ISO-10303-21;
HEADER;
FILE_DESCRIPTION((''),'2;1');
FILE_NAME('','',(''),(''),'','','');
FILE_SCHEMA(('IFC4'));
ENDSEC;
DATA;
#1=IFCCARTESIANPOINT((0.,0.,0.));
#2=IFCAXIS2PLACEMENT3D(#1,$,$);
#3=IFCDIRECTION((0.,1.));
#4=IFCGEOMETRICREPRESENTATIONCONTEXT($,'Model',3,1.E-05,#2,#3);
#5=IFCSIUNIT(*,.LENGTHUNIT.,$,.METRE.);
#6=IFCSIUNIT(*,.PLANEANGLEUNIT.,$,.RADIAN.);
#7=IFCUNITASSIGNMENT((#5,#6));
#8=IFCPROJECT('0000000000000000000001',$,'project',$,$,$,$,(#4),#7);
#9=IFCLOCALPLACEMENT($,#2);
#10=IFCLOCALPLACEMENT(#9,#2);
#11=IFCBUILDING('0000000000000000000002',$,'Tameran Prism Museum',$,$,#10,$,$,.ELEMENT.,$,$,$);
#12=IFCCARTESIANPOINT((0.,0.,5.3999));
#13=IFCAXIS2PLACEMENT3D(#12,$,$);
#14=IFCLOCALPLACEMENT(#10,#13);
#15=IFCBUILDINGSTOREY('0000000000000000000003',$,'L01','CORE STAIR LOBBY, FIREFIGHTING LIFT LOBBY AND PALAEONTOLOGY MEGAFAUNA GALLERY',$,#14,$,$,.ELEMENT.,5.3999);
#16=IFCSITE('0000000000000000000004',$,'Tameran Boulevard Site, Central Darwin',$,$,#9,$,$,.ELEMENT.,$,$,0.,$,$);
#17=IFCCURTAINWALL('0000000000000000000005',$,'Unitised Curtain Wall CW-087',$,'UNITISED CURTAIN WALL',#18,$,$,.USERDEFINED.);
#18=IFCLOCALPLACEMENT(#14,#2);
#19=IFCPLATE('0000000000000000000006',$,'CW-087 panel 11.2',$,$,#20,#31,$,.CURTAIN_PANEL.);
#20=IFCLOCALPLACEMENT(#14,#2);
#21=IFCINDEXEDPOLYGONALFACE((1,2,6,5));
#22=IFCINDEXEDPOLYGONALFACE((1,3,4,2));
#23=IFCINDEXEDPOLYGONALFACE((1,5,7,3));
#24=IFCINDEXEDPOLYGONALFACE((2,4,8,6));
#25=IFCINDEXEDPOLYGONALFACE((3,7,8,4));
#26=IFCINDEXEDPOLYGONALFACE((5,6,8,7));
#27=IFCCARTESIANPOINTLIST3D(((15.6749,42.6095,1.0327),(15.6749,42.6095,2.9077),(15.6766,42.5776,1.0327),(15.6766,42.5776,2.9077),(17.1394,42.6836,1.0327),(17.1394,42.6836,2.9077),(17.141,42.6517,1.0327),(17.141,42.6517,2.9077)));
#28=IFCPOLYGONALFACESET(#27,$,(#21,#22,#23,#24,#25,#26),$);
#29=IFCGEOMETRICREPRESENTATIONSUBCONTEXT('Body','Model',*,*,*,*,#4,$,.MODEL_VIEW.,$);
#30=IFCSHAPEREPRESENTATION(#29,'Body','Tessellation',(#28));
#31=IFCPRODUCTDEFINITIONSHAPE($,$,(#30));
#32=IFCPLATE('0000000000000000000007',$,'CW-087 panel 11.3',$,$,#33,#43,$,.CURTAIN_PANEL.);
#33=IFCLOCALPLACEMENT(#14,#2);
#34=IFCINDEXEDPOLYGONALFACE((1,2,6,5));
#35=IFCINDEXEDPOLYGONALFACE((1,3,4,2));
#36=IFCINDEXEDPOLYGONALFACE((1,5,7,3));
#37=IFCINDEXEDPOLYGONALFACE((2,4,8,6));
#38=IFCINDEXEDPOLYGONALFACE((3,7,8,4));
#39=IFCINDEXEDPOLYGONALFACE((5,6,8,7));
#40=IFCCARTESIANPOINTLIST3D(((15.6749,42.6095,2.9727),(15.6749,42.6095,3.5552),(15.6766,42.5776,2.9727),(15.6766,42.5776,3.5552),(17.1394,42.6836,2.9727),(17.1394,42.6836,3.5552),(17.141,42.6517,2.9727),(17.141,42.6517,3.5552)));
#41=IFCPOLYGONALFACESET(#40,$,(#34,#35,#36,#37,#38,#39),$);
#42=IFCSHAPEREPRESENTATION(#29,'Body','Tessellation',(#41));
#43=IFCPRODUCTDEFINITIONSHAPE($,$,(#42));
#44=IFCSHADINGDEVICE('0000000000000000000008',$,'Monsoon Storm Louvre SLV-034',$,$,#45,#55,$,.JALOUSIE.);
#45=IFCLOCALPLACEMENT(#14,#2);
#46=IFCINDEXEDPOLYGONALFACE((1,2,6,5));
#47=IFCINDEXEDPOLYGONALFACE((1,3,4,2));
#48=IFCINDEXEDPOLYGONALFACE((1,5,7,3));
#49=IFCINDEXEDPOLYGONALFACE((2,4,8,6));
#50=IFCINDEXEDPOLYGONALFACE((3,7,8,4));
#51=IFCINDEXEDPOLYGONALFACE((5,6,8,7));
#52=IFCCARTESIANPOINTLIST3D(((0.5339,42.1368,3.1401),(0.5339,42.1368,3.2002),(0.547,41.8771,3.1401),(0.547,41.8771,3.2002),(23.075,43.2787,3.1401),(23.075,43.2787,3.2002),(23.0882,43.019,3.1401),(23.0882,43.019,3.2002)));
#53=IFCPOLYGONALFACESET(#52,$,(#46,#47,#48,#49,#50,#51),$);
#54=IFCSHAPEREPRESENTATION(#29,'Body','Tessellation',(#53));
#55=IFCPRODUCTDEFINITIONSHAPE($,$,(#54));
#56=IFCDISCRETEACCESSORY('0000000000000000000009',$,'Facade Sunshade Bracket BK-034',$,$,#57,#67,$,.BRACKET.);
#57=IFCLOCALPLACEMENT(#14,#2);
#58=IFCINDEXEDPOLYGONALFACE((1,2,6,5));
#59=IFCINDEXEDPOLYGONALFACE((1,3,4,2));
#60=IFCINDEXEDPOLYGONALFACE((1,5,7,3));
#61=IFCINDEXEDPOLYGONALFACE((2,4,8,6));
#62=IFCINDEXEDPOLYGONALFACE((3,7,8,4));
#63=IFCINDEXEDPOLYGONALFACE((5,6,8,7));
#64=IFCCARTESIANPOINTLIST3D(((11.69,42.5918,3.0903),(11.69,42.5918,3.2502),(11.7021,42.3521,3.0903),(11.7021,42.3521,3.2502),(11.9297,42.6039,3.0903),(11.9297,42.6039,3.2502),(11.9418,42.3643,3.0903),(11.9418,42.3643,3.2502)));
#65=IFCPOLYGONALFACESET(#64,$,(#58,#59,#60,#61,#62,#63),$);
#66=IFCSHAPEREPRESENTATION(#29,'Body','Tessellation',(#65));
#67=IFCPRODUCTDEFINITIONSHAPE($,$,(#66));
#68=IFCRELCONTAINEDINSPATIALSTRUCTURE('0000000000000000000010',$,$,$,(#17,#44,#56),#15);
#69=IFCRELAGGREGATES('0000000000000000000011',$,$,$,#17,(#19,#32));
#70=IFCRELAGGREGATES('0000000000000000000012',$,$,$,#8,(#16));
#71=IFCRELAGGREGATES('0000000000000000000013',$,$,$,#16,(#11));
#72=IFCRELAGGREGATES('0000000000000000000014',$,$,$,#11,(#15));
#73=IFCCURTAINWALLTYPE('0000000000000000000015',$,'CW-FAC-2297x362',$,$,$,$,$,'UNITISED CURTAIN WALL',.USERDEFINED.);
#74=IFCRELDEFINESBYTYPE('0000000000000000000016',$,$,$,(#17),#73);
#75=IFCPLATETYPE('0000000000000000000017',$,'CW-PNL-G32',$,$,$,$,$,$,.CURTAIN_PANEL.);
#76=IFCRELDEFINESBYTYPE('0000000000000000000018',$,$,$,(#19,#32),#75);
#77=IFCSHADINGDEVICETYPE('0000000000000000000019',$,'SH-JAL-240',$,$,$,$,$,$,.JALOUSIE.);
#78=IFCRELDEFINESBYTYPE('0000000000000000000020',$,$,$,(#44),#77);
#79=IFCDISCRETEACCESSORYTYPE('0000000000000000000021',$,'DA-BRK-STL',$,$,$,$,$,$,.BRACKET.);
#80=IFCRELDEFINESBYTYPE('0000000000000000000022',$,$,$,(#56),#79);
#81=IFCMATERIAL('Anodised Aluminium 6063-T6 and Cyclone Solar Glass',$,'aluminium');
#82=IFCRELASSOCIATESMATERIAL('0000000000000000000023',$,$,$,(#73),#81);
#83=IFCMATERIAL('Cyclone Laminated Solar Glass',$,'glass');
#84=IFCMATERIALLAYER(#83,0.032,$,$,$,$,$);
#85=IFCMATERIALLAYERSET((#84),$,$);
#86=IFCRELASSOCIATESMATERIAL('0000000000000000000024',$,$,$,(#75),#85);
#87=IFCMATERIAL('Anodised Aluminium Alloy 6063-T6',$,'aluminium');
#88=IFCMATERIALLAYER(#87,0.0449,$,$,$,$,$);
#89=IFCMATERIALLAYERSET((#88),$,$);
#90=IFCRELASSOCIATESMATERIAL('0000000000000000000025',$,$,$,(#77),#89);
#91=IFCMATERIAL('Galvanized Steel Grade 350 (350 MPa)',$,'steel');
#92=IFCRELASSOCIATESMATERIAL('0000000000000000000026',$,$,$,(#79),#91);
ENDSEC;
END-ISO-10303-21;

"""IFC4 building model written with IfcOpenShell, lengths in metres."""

from ifc_helpers import new_model, si_unit, direction, frame, origin, origin_2d, place, context, subcontext, project, spatial, rectangle, extrude, material, layer, layer_set, type_object, element, aggregate, save


model = new_model("IFC4")

# Units and contexts
model_context = context("Model", 3, precision=1e-05, world=origin(), true_north=direction((0.0, 1.0)))
body_context = subcontext(model_context, "Body", "Model", "MODEL_VIEW")
ifc_project = project(units=[si_unit("LENGTHUNIT", "METRE"), si_unit("PLANEANGLEUNIT", "RADIAN")], contexts=[model_context])

# Site, building, storey
site_placement = place(None, origin())
site = spatial("IfcSite", under=ifc_project, at=site_placement, Name="Tameran Boulevard Site, Central Darwin", CompositionType="ELEMENT", RefElevation=0.0)
building_placement = place(site_placement, origin())
building = spatial("IfcBuilding", under=site, at=building_placement, Name="Tameran Prism Museum", CompositionType="ELEMENT")
storey_placement = place(building_placement, frame((0.0, 0.0, 5.3999)))
storey = spatial("IfcBuildingStorey", under=building, at=storey_placement, Name="L01", Description="CORE STAIR LOBBY, FIREFIGHTING LIFT LOBBY AND PALAEONTOLOGY MEGAFAUNA GALLERY", CompositionType="ELEMENT", Elevation=5.3999)

# Curtain wall, plates
ifc_material_1 = material(Name="Anodised Aluminium 6063-T6 and Cyclone Solar Glass", Category="aluminium")
curtain_wall_type = type_object("IfcCurtainWallType", Name="CW-FAC-2297x362", ElementType="UNITISED CURTAIN WALL", PredefinedType="USERDEFINED", material=ifc_material_1)
curtain_wall_placement = place(storey_placement, origin())
curtain_wall = element("IfcCurtainWall", 1, at=curtain_wall_placement, inside=storey, type_object=curtain_wall_type, Name="Unitised Curtain Wall CW-087", ObjectType="UNITISED CURTAIN WALL", PredefinedType="USERDEFINED")
ifc_material_2 = material(Name="Cyclone Laminated Solar Glass", Category="glass")
ifc_layer_1 = layer(ifc_material_2, 0.032)
ifc_layer_set_1 = layer_set([ifc_layer_1])
plate_type = type_object("IfcPlateType", Name="CW-PNL-G32", PredefinedType="CURTAIN_PANEL", material=ifc_layer_set_1)
plate_1_placement = place(storey_placement, frame((16.408, 42.6306, 1.0327), z_axis=(0.0, 0.0, 1.0), x_axis=(0.998722, 0.050546, 0.0)))
plate_1 = element("IfcPlate", 2, at=plate_1_placement, type_object=plate_type, Name="CW-087 panel 11.2", PredefinedType="CURTAIN_PANEL", context=body_context, shape_type="SweptSolid", body=[
    extrude(rectangle(XDim=1.4663, YDim=0.032, at=origin_2d()), origin(), (0.0, 0.0, 1.0), 1.875),
])
plate_2_placement = place(storey_placement, frame((16.408, 42.6306, 2.9727), z_axis=(0.0, 0.0, 1.0), x_axis=(0.998722, 0.050546, 0.0)))
plate_2 = element("IfcPlate", 3, at=plate_2_placement, type_object=plate_type, Name="CW-087 panel 11.3", PredefinedType="CURTAIN_PANEL", context=body_context, shape_type="SweptSolid", body=[
    extrude(rectangle(XDim=1.4663, YDim=0.032, at=origin_2d()), origin(), (0.0, 0.0, 1.0), 0.5825),
])
aggregate(curtain_wall, [plate_1, plate_2])

# Shading device
ifc_material_3 = material(Name="Anodised Aluminium Alloy 6063-T6", Category="aluminium")
ifc_layer_2 = layer(ifc_material_3, 0.0449)
ifc_layer_set_2 = layer_set([ifc_layer_2])
shading_device_type = type_object("IfcShadingDeviceType", Name="SH-JAL-240", PredefinedType="JALOUSIE", material=ifc_layer_set_2)
shading_device_placement = place(storey_placement, frame((11.811, 42.5779, 3.1401), z_axis=(0.0, 0.0, 1.0), x_axis=(0.998719, 0.050593, 0.0)))
element("IfcShadingDevice", 4, at=shading_device_placement, inside=storey, type_object=shading_device_type, Name="Monsoon Storm Louvre SLV-034", PredefinedType="JALOUSIE", context=body_context, shape_type="SweptSolid", body=[
    extrude(rectangle(XDim=22.5701, YDim=0.26, at=origin_2d()), origin(), (0.0, 0.0, 1.0), 0.0601),
])

# Discrete accessory
ifc_material_4 = material(Name="Galvanized Steel Grade 350 (350 MPa)", Category="steel")
discrete_accessory_type = type_object("IfcDiscreteAccessoryType", Name="DA-BRK-STL", PredefinedType="BRACKET", material=ifc_material_4)
discrete_accessory_placement = place(storey_placement, frame((11.8159, 42.478, 3.0903), z_axis=(0.0, 0.0, 1.0), x_axis=(0.998719, 0.050593, 0.0)))
element("IfcDiscreteAccessory", 5, at=discrete_accessory_placement, inside=storey, type_object=discrete_accessory_type, Name="Facade Sunshade Bracket BK-034", PredefinedType="BRACKET", context=body_context, shape_type="SweptSolid", body=[
    extrude(rectangle(XDim=0.24, YDim=0.24, at=origin_2d()), origin(), (0.0, 0.0, 1.0), 0.1599),
])

save(model, "model.ifc")
